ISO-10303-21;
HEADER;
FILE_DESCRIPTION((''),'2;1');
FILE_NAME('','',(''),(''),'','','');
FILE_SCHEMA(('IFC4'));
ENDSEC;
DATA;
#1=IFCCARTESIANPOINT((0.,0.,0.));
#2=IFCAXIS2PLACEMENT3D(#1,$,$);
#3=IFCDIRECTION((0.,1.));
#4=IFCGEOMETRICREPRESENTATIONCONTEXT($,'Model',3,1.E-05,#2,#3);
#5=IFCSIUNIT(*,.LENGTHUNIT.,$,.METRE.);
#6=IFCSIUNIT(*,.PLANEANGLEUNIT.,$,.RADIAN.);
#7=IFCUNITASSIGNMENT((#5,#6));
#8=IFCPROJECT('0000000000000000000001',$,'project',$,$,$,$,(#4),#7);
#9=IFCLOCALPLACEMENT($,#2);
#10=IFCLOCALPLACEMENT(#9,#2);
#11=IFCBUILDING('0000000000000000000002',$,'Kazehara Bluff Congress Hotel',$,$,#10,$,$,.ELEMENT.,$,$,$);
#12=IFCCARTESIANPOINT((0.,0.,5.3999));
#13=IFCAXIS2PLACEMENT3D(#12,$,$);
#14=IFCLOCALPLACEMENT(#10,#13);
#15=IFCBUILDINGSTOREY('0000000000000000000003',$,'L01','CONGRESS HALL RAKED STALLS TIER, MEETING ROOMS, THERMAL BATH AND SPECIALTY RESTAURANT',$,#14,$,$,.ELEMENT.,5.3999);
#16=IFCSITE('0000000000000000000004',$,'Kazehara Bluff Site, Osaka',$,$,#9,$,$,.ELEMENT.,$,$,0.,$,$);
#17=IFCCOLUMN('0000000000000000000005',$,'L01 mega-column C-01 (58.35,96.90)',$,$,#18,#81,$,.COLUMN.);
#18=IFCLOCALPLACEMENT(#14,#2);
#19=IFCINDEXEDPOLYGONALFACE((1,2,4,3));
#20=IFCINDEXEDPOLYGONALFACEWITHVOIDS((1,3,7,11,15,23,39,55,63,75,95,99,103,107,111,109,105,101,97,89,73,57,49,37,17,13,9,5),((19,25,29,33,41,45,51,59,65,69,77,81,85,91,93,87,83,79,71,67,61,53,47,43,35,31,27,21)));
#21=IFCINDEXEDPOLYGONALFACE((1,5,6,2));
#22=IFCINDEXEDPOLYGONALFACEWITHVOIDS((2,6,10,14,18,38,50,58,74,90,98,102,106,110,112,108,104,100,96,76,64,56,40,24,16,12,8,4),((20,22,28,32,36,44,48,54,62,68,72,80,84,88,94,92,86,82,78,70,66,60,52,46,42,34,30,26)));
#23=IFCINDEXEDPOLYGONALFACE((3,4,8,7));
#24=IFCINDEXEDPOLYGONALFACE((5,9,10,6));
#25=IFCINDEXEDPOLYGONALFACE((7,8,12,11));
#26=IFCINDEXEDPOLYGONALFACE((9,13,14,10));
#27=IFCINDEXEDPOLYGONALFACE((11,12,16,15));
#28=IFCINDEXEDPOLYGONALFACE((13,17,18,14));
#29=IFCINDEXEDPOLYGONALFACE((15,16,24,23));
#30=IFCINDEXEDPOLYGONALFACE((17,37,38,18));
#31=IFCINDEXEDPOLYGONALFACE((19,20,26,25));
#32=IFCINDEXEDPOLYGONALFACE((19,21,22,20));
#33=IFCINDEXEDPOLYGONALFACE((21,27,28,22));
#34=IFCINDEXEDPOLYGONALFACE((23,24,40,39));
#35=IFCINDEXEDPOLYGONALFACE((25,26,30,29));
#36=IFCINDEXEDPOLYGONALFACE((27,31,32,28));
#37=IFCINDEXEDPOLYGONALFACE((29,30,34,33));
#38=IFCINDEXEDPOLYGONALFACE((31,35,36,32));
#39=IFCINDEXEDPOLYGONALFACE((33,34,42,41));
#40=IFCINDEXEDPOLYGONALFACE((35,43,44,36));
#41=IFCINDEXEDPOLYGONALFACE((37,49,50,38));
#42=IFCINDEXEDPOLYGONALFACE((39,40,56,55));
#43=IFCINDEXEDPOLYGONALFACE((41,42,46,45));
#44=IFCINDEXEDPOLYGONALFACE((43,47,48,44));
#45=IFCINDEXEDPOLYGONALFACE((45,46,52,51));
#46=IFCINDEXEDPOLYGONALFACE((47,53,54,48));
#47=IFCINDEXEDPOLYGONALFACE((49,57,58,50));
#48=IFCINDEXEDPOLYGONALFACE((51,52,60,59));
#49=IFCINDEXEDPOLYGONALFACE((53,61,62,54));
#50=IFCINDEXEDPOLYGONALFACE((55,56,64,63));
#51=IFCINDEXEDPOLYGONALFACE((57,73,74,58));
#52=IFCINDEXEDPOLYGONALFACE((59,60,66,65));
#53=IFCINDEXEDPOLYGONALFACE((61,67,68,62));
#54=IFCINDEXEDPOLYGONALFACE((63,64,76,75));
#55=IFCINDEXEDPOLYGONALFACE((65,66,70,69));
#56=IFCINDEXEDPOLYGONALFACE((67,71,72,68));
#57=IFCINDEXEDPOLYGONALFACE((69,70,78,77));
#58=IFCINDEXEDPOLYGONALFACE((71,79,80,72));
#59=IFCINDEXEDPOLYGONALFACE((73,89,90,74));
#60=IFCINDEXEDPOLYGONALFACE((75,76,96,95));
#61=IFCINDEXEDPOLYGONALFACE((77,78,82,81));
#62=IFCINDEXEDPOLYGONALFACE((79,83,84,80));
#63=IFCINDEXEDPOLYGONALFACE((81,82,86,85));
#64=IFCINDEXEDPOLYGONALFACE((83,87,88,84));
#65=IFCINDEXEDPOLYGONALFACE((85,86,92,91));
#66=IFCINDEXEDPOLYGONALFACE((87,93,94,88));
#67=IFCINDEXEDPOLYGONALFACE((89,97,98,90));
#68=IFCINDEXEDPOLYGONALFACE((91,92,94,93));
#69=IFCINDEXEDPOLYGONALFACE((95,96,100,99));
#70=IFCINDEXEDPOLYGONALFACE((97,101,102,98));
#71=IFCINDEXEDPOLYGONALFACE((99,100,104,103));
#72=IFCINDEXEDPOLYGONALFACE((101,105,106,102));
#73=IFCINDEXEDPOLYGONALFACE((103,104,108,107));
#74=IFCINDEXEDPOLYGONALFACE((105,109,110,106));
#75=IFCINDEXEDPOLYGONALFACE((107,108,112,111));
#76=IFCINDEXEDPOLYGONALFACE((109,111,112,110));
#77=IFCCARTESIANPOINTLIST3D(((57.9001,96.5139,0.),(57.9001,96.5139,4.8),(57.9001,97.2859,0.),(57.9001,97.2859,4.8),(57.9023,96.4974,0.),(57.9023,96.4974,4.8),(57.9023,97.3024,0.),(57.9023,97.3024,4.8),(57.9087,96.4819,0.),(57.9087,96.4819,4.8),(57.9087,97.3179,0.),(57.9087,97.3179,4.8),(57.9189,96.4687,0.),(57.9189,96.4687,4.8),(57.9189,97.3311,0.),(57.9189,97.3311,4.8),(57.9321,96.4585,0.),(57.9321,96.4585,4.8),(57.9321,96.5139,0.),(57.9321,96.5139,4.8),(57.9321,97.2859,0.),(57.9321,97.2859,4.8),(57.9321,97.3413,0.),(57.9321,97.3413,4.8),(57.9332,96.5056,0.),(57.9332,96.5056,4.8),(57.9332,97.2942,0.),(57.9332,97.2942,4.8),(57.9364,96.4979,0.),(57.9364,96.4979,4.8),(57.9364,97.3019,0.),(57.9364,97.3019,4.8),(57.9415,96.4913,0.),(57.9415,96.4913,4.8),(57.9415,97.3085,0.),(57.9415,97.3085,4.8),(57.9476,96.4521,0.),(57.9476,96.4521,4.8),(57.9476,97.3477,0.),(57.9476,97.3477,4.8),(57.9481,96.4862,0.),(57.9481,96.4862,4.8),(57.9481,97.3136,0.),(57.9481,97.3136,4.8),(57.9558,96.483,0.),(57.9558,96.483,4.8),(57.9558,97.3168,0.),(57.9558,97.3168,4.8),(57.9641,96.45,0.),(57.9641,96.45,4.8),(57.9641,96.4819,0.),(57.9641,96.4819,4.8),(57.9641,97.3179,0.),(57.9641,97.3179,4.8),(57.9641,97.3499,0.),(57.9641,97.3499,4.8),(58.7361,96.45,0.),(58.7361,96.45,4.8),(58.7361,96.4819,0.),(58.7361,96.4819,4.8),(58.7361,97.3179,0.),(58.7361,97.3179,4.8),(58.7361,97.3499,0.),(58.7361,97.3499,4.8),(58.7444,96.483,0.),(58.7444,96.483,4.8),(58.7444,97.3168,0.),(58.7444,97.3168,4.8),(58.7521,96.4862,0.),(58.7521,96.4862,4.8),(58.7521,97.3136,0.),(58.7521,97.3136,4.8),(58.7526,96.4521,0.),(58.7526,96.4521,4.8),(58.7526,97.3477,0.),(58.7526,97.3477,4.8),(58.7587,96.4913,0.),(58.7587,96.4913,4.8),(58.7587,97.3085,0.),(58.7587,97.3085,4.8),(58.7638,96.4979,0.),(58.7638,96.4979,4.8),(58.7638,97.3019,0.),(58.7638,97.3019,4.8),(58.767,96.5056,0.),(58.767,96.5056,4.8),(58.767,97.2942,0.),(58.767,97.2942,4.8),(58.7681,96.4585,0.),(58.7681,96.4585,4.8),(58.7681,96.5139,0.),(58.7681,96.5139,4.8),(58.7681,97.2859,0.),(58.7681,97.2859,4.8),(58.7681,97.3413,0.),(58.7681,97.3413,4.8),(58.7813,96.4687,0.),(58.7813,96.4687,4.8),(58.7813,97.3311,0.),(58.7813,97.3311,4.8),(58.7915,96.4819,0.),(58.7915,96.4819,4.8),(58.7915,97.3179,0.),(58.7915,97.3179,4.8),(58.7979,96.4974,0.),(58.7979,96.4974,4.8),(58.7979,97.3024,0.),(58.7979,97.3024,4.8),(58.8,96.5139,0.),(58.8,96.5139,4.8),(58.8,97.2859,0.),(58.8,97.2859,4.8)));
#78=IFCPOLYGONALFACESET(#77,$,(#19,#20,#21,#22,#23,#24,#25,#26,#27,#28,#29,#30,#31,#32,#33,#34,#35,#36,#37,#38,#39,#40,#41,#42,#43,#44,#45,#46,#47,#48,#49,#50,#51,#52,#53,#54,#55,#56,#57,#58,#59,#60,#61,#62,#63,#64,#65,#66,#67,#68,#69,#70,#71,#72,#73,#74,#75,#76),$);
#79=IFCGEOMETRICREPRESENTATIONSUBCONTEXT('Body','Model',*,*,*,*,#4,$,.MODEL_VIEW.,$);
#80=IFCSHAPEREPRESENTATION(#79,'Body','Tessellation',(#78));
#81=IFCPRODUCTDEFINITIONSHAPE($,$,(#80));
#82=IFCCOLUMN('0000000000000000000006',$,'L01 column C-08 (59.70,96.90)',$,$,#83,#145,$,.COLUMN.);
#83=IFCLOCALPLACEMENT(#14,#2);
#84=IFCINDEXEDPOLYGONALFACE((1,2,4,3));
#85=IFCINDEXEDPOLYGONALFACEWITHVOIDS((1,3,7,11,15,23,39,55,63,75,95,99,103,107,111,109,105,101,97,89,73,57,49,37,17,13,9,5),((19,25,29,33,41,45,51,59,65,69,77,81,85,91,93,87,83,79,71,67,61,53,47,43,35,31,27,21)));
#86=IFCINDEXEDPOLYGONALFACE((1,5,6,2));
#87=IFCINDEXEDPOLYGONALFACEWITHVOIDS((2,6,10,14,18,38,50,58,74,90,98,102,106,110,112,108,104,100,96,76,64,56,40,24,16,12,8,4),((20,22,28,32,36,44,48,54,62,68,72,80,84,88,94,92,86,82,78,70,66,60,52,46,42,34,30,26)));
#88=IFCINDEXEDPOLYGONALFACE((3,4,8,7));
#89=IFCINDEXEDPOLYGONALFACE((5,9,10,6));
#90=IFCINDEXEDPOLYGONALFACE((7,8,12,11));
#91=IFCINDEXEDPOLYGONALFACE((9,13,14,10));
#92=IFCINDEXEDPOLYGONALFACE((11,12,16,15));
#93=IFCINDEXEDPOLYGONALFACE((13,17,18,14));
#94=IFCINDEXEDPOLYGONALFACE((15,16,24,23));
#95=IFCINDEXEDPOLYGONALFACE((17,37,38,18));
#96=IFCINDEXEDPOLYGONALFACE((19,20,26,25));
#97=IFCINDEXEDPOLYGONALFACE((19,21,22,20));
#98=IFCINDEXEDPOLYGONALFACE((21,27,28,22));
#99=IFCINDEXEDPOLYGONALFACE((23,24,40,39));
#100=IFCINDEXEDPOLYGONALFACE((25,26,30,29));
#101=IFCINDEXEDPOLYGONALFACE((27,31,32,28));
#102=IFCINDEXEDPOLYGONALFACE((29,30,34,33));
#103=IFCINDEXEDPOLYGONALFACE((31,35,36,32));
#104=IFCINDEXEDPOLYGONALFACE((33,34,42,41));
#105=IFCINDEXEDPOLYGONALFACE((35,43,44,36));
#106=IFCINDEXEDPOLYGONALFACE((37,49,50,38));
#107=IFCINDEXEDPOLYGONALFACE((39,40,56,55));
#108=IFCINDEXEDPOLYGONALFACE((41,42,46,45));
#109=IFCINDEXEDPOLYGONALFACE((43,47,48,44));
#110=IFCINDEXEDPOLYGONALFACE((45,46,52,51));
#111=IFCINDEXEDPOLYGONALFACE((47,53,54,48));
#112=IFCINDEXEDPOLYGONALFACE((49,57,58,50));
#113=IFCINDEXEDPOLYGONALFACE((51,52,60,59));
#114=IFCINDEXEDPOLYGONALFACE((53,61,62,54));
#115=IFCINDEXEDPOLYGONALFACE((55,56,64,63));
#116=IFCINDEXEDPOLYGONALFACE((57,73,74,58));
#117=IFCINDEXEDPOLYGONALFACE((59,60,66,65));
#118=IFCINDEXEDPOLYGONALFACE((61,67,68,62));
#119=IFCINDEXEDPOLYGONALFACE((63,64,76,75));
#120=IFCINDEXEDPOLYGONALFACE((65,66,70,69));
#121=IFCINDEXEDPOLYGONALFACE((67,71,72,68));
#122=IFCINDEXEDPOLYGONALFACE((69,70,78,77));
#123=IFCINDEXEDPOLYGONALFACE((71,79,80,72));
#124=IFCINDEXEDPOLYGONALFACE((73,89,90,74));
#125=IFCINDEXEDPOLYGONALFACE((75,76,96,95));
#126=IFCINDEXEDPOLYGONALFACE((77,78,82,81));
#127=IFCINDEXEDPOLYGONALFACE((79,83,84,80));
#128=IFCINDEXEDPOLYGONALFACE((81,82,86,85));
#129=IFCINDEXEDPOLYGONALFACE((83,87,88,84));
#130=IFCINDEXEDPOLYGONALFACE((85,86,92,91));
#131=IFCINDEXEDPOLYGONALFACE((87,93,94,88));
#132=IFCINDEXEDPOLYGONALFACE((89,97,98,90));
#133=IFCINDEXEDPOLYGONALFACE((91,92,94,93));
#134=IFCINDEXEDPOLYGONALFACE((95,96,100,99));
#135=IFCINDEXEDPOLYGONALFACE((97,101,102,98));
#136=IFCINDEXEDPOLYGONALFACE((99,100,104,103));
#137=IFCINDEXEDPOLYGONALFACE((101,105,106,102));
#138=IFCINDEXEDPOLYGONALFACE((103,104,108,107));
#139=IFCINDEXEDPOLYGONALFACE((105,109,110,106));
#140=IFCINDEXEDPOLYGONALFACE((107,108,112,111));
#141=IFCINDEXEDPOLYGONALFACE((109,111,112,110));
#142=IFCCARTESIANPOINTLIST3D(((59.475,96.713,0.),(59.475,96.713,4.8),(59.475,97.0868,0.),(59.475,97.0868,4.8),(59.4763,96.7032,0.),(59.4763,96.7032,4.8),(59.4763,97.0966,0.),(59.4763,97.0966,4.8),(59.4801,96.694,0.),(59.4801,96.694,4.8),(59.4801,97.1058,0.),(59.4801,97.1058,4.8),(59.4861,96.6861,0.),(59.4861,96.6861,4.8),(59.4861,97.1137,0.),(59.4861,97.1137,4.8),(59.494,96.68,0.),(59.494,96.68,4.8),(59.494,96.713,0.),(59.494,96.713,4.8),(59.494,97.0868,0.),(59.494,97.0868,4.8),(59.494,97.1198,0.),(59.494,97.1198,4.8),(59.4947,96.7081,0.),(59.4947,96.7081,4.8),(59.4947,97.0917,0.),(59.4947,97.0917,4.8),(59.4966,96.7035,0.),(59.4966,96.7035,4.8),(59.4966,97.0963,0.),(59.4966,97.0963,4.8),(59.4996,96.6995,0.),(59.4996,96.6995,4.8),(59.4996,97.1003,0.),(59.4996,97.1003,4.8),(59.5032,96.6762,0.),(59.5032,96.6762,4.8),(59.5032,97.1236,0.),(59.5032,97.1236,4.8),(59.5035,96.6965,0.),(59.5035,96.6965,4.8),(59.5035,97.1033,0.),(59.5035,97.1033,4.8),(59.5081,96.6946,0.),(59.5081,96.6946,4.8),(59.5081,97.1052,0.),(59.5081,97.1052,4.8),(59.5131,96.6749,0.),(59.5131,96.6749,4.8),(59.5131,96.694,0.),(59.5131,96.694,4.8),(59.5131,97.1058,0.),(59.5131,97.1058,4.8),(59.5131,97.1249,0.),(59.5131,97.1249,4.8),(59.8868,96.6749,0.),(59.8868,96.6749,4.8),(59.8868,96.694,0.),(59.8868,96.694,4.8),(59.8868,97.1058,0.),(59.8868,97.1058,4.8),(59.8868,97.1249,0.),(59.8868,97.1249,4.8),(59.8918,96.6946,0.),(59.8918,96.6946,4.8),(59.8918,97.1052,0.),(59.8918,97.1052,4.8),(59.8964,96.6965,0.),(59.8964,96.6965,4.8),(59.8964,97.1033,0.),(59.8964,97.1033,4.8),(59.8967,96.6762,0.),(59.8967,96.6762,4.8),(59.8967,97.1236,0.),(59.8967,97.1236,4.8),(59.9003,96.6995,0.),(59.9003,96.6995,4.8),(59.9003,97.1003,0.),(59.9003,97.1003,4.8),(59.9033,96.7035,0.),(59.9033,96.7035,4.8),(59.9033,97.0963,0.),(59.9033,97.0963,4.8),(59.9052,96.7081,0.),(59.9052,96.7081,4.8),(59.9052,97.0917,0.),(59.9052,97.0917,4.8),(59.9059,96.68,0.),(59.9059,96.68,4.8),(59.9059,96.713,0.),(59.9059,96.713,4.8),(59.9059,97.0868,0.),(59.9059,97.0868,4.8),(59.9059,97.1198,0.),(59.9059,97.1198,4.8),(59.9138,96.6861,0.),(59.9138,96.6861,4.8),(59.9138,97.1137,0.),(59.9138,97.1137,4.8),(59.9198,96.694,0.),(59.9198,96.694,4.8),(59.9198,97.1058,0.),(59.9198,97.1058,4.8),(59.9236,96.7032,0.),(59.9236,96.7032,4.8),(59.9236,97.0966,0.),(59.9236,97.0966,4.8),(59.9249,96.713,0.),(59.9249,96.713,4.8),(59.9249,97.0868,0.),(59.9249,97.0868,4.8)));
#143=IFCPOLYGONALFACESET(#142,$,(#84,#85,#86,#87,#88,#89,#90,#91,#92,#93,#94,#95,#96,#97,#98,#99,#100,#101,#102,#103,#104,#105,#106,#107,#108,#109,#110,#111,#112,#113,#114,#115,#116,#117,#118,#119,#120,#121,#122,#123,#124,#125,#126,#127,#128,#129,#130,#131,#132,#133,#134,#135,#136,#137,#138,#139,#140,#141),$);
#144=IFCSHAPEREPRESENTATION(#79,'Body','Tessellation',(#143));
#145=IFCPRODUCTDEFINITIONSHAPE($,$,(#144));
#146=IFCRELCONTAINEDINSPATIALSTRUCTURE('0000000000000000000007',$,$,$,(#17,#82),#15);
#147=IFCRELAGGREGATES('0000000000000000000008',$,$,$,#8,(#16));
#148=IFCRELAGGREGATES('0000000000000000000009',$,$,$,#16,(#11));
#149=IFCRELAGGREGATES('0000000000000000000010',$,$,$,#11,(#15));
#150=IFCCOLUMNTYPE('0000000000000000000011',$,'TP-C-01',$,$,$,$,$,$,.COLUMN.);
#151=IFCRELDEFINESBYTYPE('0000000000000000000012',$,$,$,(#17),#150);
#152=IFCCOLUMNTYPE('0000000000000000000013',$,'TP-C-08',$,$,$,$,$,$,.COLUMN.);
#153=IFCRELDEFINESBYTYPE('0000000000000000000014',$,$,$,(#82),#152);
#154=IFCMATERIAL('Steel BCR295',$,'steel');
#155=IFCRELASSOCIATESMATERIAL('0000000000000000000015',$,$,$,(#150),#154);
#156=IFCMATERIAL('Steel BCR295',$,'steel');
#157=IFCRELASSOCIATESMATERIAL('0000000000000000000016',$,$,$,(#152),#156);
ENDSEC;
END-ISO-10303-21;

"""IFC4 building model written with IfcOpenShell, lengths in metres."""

from ifc_helpers import new_model, si_unit, direction, frame, origin, origin_2d, place, context, subcontext, project, spatial, hollow_rectangle, extrude, material, material_profile, profile_set, type_object, element, save


model = new_model("IFC4")

# Units and contexts
model_context = context("Model", 3, precision=1e-05, world=origin(), true_north=direction((0.0, 1.0)))
body_context = subcontext(model_context, "Body", "Model", "MODEL_VIEW")
ifc_project = project(units=[si_unit("LENGTHUNIT", "METRE"), si_unit("PLANEANGLEUNIT", "RADIAN")], contexts=[model_context])

# Site, building, storey
site_placement = place(None, origin())
site = spatial("IfcSite", under=ifc_project, at=site_placement, Name="Kazehara Bluff Site, Osaka", CompositionType="ELEMENT", RefElevation=0.0)
building_placement = place(site_placement, origin())
building = spatial("IfcBuilding", under=site, at=building_placement, Name="Kazehara Bluff Congress Hotel", CompositionType="ELEMENT")
storey_placement = place(building_placement, frame((0.0, 0.0, 5.3999)))
storey = spatial("IfcBuildingStorey", under=building, at=storey_placement, Name="L01", Description="CONGRESS HALL RAKED STALLS TIER, MEETING ROOMS, THERMAL BATH AND SPECIALTY RESTAURANT", CompositionType="ELEMENT", Elevation=5.3999)

# Columns
ifc_material_1 = material(Name="Steel BCR295", Category="steel")
ifc_material_profile_1 = material_profile(ifc_material_1, hollow_rectangle(XDim=0.8999, YDim=0.8999, WallThickness=0.032, InnerFilletRadius=0.032, OuterFilletRadius=0.064, at=origin_2d()))
ifc_profile_set_1 = profile_set([ifc_material_profile_1], Name="Steel BCR295")
column_type_1 = type_object("IfcColumnType", Name="TP-C-01", PredefinedType="COLUMN", material=ifc_profile_set_1)
column_1_placement = place(storey_placement, frame((58.3501, 96.8999, 0.0), z_axis=(0.0, 0.0, 1.0), x_axis=(1.0, 0.0, 0.0)))
element("IfcColumn", 1, at=column_1_placement, inside=storey, type_object=column_type_1, Name="L01 mega-column C-01 (58.35,96.90)", PredefinedType="COLUMN", context=body_context, shape_type="SweptSolid", body=[
    extrude(hollow_rectangle(XDim=0.8999, YDim=0.8999, WallThickness=0.032, InnerFilletRadius=0.032, OuterFilletRadius=0.064, at=origin_2d()), origin(), (0.0, 0.0, 1.0), 4.8),
])
ifc_material_2 = material(Name="Steel BCR295", Category="steel")
ifc_material_profile_2 = material_profile(ifc_material_2, hollow_rectangle(XDim=0.45, YDim=0.45, WallThickness=0.019, InnerFilletRadius=0.019, OuterFilletRadius=0.0381, at=origin_2d()))
ifc_profile_set_2 = profile_set([ifc_material_profile_2], Name="Steel BCR295")
column_type_2 = type_object("IfcColumnType", Name="TP-C-08", PredefinedType="COLUMN", material=ifc_profile_set_2)
column_2_placement = place(storey_placement, frame((59.7, 96.8999, 0.0), z_axis=(0.0, 0.0, 1.0), x_axis=(1.0, 0.0, 0.0)))
element("IfcColumn", 2, at=column_2_placement, inside=storey, type_object=column_type_2, Name="L01 column C-08 (59.70,96.90)", PredefinedType="COLUMN", context=body_context, shape_type="SweptSolid", body=[
    extrude(hollow_rectangle(XDim=0.45, YDim=0.45, WallThickness=0.019, InnerFilletRadius=0.019, OuterFilletRadius=0.0381, at=origin_2d()), origin(), (0.0, 0.0, 1.0), 4.8),
])

save(model, "model.ifc")
